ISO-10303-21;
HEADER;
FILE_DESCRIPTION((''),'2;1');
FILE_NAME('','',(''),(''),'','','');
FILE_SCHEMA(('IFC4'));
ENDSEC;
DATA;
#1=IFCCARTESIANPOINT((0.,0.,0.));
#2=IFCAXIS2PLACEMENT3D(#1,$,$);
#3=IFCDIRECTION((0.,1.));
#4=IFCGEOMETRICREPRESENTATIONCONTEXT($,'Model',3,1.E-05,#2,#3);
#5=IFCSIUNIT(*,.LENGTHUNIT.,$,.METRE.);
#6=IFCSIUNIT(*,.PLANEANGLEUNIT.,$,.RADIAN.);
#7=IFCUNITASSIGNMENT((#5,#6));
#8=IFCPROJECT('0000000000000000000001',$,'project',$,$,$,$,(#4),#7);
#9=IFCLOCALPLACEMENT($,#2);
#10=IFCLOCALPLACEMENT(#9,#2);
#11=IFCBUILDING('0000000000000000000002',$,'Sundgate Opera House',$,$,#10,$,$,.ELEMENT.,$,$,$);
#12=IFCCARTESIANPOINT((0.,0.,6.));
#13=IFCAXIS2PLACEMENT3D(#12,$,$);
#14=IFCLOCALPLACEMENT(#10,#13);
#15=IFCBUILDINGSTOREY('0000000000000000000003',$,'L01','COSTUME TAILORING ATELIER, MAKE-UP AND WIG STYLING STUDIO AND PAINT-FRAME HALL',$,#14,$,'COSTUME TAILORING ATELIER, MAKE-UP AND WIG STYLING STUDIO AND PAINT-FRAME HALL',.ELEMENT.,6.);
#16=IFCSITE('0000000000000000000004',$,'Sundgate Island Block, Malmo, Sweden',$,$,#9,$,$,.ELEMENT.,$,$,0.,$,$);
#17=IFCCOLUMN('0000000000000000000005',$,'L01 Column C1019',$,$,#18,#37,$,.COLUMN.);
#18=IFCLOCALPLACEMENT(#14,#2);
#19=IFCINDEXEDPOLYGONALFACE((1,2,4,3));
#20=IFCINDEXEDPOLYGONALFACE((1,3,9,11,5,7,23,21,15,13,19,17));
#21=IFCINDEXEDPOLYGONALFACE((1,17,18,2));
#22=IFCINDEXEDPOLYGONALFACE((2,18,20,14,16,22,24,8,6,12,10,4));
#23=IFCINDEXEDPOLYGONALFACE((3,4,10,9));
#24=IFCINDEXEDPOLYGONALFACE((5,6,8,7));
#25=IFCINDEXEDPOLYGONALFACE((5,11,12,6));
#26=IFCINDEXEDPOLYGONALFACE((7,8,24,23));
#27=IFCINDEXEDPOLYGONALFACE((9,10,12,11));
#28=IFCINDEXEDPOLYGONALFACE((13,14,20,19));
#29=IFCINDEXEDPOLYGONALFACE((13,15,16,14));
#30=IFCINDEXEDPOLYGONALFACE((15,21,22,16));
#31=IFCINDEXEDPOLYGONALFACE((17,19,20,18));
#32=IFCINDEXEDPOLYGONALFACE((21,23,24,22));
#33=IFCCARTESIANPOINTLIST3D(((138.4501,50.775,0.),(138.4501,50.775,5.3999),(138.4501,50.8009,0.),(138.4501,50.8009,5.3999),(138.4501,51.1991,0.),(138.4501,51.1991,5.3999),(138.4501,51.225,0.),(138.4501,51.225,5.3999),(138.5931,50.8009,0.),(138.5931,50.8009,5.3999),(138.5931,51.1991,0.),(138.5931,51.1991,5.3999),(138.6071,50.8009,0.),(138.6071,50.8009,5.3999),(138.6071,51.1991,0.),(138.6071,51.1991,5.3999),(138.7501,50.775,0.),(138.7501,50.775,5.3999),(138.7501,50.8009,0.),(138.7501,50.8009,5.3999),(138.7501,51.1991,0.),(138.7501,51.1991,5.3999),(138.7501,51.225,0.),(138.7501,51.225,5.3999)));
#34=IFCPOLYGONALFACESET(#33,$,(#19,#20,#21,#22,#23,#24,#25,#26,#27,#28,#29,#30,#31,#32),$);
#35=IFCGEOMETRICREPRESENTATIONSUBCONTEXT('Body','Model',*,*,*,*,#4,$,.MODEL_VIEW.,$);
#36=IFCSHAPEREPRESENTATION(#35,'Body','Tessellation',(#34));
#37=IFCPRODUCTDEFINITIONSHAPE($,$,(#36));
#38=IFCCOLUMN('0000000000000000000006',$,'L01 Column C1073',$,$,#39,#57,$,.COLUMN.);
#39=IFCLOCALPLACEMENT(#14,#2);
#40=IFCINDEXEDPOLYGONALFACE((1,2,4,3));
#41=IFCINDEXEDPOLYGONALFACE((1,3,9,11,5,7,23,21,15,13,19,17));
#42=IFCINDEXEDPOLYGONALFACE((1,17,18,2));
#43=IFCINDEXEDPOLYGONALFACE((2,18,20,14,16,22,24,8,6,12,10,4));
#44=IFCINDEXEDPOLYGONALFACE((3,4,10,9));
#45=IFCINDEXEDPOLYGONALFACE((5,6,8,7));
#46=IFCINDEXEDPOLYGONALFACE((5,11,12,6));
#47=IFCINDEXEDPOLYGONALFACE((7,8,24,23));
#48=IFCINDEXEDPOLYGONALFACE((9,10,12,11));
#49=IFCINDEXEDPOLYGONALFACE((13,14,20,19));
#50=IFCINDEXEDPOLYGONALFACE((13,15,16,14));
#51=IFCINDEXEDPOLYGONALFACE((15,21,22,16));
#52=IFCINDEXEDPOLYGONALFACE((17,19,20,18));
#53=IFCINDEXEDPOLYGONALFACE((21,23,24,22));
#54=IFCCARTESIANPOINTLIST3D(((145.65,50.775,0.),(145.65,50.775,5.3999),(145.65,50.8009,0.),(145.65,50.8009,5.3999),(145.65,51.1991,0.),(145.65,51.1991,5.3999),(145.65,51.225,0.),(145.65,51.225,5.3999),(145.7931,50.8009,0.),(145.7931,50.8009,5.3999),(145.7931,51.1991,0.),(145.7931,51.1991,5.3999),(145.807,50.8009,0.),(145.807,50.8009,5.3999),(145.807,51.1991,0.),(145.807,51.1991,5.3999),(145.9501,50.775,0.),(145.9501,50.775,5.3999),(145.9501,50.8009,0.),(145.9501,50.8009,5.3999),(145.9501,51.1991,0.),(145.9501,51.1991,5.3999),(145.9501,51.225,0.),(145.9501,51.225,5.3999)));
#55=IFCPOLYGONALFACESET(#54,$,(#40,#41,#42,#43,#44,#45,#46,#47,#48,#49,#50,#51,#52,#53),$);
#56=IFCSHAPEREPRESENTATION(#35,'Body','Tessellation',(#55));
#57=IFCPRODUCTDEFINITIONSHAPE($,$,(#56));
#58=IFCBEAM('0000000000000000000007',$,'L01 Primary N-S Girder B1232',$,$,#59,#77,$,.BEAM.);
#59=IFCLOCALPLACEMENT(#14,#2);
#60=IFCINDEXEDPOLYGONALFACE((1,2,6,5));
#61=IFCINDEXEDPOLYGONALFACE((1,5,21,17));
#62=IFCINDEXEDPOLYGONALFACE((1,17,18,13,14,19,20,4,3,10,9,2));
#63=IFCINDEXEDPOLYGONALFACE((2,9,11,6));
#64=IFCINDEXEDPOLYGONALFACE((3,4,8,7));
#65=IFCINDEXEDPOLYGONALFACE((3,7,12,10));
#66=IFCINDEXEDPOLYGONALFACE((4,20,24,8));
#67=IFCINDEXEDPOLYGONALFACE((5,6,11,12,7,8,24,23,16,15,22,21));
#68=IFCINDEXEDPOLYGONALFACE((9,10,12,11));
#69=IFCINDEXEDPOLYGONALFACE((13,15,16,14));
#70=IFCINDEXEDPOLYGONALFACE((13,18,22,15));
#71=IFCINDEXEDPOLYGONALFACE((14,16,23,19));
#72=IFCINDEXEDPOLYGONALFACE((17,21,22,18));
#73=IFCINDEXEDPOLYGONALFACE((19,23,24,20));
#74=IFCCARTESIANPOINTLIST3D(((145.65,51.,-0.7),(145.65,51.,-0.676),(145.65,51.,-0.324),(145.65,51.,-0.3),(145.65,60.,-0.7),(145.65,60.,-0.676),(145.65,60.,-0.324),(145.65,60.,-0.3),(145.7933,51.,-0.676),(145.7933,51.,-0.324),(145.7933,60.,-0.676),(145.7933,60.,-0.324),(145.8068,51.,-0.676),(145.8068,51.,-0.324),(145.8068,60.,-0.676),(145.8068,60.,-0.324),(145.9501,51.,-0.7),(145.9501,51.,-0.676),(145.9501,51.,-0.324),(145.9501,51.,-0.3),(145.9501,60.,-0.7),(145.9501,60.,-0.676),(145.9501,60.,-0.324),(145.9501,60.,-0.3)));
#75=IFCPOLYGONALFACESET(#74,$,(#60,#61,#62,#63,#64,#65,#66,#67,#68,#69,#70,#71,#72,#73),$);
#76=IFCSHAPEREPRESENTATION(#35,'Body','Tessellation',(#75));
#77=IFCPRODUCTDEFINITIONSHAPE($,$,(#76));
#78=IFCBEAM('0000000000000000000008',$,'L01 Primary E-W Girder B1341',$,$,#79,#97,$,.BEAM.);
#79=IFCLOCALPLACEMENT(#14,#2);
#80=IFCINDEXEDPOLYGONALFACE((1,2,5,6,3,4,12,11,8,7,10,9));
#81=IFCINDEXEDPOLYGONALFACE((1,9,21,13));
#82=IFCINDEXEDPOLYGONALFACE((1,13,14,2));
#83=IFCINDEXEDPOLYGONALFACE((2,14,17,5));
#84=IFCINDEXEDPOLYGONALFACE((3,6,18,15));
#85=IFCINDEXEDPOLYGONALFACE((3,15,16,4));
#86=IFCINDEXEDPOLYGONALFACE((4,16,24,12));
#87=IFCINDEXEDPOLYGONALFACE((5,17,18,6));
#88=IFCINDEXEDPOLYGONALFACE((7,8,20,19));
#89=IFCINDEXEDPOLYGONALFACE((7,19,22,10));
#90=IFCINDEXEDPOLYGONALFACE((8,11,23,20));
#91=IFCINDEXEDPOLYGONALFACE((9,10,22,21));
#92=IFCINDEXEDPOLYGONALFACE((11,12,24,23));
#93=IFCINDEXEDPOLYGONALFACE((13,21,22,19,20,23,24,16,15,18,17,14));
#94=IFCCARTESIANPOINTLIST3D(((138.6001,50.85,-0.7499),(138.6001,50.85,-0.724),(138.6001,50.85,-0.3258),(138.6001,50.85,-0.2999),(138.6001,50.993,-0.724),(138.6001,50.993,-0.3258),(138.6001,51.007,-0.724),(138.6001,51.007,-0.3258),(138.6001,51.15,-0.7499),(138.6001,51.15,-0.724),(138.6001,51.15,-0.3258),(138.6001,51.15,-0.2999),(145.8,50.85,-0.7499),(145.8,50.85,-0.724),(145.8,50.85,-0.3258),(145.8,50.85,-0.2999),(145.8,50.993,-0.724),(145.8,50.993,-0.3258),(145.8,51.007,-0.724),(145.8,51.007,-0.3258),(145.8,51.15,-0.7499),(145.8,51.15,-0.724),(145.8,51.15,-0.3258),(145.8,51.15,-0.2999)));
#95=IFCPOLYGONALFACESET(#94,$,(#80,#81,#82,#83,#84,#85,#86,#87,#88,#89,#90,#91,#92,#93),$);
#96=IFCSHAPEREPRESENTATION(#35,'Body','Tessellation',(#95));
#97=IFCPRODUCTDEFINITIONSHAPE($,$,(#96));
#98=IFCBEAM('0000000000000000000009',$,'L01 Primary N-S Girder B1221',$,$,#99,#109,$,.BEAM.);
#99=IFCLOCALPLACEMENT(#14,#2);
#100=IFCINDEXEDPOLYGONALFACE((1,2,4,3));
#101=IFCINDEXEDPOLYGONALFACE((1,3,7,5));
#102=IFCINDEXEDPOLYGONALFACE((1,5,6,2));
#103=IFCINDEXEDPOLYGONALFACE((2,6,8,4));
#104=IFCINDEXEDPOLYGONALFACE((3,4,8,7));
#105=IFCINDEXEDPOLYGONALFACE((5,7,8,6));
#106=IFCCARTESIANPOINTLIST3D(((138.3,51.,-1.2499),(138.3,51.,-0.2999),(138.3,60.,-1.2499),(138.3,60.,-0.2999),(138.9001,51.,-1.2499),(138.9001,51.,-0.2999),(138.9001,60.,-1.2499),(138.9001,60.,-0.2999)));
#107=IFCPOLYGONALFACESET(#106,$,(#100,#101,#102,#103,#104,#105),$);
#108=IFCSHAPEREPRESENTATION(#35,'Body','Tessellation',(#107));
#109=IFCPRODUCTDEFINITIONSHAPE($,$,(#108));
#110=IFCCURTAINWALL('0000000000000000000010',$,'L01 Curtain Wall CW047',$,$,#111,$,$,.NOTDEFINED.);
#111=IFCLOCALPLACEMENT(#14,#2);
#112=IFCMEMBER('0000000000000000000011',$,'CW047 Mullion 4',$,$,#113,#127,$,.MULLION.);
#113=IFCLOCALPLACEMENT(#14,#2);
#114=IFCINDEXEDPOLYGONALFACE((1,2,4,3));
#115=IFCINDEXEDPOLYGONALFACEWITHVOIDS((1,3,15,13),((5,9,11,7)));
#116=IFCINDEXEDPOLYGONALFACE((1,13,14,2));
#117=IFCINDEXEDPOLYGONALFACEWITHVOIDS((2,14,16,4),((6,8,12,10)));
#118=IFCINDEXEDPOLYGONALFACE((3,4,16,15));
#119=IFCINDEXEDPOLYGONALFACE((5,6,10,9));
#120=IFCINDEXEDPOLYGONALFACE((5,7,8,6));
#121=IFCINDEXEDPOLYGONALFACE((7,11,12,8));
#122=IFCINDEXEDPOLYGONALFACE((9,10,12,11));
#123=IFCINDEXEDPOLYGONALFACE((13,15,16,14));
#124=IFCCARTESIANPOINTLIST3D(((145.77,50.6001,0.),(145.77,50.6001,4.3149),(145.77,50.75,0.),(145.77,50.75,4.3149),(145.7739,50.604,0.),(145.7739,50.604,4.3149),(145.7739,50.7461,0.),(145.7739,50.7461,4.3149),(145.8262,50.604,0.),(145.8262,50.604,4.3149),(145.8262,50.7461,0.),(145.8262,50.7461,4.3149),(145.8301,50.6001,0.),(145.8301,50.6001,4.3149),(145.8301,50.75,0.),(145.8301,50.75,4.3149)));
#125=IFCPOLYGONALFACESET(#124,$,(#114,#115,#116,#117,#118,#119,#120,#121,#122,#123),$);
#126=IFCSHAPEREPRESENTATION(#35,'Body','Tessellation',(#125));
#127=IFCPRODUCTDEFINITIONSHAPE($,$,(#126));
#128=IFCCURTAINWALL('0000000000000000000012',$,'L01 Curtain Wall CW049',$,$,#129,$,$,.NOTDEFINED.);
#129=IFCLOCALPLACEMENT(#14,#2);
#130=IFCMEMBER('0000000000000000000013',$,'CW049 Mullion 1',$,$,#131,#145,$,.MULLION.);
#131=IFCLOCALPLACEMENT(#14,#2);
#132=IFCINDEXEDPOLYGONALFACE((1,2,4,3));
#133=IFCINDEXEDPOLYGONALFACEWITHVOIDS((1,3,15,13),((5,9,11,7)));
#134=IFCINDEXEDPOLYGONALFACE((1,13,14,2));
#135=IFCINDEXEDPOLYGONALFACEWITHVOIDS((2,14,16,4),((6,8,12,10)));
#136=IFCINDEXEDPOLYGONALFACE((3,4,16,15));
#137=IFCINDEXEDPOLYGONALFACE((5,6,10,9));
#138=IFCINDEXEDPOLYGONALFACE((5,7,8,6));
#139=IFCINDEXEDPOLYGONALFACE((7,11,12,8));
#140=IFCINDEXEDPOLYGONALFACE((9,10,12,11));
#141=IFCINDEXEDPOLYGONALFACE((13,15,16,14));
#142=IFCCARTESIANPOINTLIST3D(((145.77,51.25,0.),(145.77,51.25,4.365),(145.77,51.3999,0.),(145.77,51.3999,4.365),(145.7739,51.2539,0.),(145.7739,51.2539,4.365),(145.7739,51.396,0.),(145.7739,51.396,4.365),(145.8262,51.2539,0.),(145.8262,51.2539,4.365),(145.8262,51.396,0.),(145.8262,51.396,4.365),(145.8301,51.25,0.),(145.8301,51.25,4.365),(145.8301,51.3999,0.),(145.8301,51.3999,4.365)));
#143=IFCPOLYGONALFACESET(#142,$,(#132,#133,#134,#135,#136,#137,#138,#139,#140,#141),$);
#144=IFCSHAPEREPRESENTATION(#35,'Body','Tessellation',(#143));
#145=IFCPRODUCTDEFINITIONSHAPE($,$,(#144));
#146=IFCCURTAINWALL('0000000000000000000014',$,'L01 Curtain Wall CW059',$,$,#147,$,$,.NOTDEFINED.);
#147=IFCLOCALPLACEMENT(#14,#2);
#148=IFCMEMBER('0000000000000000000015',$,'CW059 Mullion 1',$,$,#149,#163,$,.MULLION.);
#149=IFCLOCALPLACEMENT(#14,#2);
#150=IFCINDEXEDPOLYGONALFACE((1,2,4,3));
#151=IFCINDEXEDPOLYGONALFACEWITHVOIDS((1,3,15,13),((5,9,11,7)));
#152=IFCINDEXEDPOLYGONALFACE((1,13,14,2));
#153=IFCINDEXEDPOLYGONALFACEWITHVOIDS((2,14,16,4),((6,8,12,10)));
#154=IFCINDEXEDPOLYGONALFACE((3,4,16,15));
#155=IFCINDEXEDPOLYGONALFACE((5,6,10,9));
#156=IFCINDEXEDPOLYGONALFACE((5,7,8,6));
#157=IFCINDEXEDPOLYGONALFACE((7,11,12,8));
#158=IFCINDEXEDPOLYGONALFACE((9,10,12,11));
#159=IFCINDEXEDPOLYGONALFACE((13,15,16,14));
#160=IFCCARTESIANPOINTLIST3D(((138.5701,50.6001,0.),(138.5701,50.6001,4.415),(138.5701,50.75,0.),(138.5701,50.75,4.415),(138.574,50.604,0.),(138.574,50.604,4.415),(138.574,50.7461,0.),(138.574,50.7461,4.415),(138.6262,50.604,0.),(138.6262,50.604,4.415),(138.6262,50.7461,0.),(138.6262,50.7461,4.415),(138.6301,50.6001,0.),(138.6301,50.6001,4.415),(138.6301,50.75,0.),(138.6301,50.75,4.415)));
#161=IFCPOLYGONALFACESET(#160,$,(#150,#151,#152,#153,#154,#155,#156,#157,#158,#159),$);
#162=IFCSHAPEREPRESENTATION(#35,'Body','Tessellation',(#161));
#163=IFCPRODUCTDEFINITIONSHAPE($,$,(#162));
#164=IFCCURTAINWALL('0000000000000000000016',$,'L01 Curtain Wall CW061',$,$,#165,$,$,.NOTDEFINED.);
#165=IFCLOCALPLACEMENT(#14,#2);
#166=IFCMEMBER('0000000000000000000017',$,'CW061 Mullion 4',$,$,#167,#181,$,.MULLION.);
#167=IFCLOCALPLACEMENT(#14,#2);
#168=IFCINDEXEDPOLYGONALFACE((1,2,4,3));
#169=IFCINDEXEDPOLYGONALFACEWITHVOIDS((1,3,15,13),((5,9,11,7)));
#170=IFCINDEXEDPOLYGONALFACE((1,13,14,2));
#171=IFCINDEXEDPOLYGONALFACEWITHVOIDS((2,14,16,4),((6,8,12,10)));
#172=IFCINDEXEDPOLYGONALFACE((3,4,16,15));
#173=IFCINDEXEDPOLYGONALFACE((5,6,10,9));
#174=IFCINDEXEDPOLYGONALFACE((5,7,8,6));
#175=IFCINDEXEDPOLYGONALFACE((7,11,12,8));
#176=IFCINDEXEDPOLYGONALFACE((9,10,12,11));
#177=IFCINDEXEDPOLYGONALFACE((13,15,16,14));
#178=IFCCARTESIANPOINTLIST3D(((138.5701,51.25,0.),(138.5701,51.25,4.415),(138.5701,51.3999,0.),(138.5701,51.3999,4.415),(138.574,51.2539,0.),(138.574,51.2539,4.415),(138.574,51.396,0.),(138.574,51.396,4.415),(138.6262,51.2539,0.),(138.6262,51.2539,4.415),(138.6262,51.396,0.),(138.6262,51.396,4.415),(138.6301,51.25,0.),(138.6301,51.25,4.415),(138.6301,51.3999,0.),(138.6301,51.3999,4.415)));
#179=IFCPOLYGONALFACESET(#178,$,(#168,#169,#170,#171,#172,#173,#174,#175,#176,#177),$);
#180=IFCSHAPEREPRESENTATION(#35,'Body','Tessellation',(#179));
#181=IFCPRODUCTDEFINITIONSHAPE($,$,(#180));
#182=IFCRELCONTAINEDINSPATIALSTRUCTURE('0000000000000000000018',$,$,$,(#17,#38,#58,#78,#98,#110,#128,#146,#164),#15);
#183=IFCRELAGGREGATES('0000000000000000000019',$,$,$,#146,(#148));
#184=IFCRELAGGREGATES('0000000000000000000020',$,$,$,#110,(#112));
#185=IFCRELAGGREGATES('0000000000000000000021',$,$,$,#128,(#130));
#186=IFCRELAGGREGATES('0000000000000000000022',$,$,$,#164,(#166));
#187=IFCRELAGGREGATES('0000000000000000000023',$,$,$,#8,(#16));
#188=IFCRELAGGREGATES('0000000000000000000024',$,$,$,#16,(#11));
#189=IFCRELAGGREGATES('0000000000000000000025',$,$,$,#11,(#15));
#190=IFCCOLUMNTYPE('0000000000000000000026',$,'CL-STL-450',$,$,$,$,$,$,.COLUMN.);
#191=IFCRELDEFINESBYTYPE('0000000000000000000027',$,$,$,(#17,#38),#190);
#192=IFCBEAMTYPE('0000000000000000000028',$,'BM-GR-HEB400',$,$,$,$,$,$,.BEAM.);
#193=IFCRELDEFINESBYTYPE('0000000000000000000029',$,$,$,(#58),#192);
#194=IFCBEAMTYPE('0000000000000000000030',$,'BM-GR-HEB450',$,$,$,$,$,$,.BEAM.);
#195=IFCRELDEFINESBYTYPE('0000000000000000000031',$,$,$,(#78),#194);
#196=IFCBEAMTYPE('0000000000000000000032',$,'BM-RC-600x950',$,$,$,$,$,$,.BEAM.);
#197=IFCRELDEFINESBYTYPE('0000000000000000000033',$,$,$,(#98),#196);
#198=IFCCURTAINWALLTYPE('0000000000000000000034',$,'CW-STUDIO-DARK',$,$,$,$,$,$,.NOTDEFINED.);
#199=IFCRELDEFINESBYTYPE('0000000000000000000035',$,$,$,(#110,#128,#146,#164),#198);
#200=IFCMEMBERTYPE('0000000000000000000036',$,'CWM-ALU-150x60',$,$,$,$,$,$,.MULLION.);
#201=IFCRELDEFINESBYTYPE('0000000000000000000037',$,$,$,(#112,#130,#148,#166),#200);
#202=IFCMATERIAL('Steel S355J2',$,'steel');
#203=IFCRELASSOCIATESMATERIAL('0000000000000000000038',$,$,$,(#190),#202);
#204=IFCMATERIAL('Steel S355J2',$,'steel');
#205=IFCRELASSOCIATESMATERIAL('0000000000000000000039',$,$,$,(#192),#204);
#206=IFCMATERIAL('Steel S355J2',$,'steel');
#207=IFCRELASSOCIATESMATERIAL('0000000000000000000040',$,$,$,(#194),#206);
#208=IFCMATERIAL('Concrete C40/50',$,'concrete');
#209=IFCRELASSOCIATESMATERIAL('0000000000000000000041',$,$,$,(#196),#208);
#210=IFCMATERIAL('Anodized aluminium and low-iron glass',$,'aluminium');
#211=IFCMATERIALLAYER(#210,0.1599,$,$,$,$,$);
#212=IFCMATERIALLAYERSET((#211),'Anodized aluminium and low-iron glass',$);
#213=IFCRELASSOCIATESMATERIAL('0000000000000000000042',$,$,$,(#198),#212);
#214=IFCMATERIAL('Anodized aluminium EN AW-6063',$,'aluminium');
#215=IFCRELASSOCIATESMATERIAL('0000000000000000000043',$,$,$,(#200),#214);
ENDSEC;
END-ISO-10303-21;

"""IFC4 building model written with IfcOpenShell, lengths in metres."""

from ifc_helpers import new_model, si_unit, direction, frame, origin, origin_2d, place, context, subcontext, project, spatial, rectangle, hollow_rectangle, i_section, extrude, material, layer, layer_set, material_profile, profile_set, type_object, element, aggregate, save


model = new_model("IFC4")

# Units and contexts
model_context = context("Model", 3, precision=1e-05, world=origin(), true_north=direction((0.0, 1.0)))
body_context = subcontext(model_context, "Body", "Model", "MODEL_VIEW")
ifc_project = project(units=[si_unit("LENGTHUNIT", "METRE"), si_unit("PLANEANGLEUNIT", "RADIAN")], contexts=[model_context])

# Site, building, storey
site_placement = place(None, origin())
site = spatial("IfcSite", under=ifc_project, at=site_placement, Name="Sundgate Island Block, Malmo, Sweden", CompositionType="ELEMENT", RefElevation=0.0)
building_placement = place(site_placement, origin())
building = spatial("IfcBuilding", under=site, at=building_placement, Name="Sundgate Opera House", CompositionType="ELEMENT")
storey_placement = place(building_placement, frame((0.0, 0.0, 6.0)))
storey = spatial("IfcBuildingStorey", under=building, at=storey_placement, Name="L01", Description="COSTUME TAILORING ATELIER, MAKE-UP AND WIG STYLING STUDIO AND PAINT-FRAME HALL", LongName="COSTUME TAILORING ATELIER, MAKE-UP AND WIG STYLING STUDIO AND PAINT-FRAME HALL", CompositionType="ELEMENT", Elevation=6.0)

# Columns
ifc_material_1 = material(Name="Steel S355J2", Category="steel")
ifc_material_profile_1 = material_profile(ifc_material_1, i_section(OverallWidth=0.3, OverallDepth=0.45, WebThickness=0.0139, FlangeThickness=0.0259, at=origin_2d()), Name="HEB 450")
ifc_profile_set_1 = profile_set([ifc_material_profile_1], Name="Steel S355J2")
column_type = type_object("IfcColumnType", Name="CL-STL-450", PredefinedType="COLUMN", material=ifc_profile_set_1)
for number, where, z_axis, x_axis, name in (
    (1, (138.6001, 51.0, 0.0), (0.0, 0.0, 1.0), (1.0, 0.0, 0.0), "L01 Column C1019"),
    (2, (145.8, 51.0, 0.0), (0.0, 0.0, 1.0), (1.0, 0.0, 0.0), "L01 Column C1073"),
):
    element("IfcColumn", number, at=place(storey_placement, frame(where, z_axis=z_axis, x_axis=x_axis)), inside=storey, type_object=column_type, Name=name, PredefinedType="COLUMN", context=body_context, shape_type="SweptSolid", body=[
        extrude(i_section(OverallWidth=0.3, OverallDepth=0.45, WebThickness=0.0139, FlangeThickness=0.0259, at=origin_2d()), origin(), (0.0, 0.0, 1.0), 5.3999),
    ])

# Beams
ifc_material_2 = material(Name="Steel S355J2", Category="steel")
ifc_material_profile_2 = material_profile(ifc_material_2, i_section(OverallWidth=0.3, OverallDepth=0.3999, WebThickness=0.0134, FlangeThickness=0.0239, at=origin_2d()), Name="HEB 400")
ifc_profile_set_2 = profile_set([ifc_material_profile_2], Name="Steel S355J2")
beam_type_1 = type_object("IfcBeamType", Name="BM-GR-HEB400", PredefinedType="BEAM", material=ifc_profile_set_2)
beam_1_placement = place(storey_placement, frame((145.8, 51.0, -0.5), z_axis=(0.0, 1.0, 0.0), x_axis=(-1.0, 0.0, 0.0)))
element("IfcBeam", 3, at=beam_1_placement, inside=storey, type_object=beam_type_1, Name="L01 Primary N-S Girder B1232", PredefinedType="BEAM", context=body_context, shape_type="SweptSolid", body=[
    extrude(i_section(OverallWidth=0.3, OverallDepth=0.3999, WebThickness=0.0134, FlangeThickness=0.0239, at=origin_2d()), origin(), (0.0, 0.0, 1.0), 9.0),
])
ifc_material_3 = material(Name="Steel S355J2", Category="steel")
ifc_material_profile_3 = material_profile(ifc_material_3, i_section(OverallWidth=0.3, OverallDepth=0.45, WebThickness=0.0139, FlangeThickness=0.0259, at=origin_2d()), Name="HEB 450")
ifc_profile_set_3 = profile_set([ifc_material_profile_3], Name="Steel S355J2")
beam_type_2 = type_object("IfcBeamType", Name="BM-GR-HEB450", PredefinedType="BEAM", material=ifc_profile_set_3)
beam_2_placement = place(storey_placement, frame((138.6001, 51.0, -0.5249), z_axis=(1.0, 0.0, 0.0), x_axis=(0.0, 1.0, 0.0)))
element("IfcBeam", 4, at=beam_2_placement, inside=storey, type_object=beam_type_2, Name="L01 Primary E-W Girder B1341", PredefinedType="BEAM", context=body_context, shape_type="SweptSolid", body=[
    extrude(i_section(OverallWidth=0.3, OverallDepth=0.45, WebThickness=0.0139, FlangeThickness=0.0259, at=origin_2d()), origin(), (0.0, 0.0, 1.0), 7.2),
])
ifc_material_4 = material(Name="Concrete C40/50", Category="concrete")
ifc_material_profile_4 = material_profile(ifc_material_4, rectangle(XDim=0.6001, YDim=0.95, at=origin_2d()), Name="RC 600x950")
ifc_profile_set_4 = profile_set([ifc_material_profile_4], Name="Concrete C40/50")
beam_type_3 = type_object("IfcBeamType", Name="BM-RC-600x950", PredefinedType="BEAM", material=ifc_profile_set_4)
beam_3_placement = place(storey_placement, frame((138.6001, 51.0, -0.7749), z_axis=(0.0, 1.0, 0.0), x_axis=(-1.0, 0.0, 0.0)))
element("IfcBeam", 5, at=beam_3_placement, inside=storey, type_object=beam_type_3, Name="L01 Primary N-S Girder B1221", PredefinedType="BEAM", context=body_context, shape_type="SweptSolid", body=[
    extrude(rectangle(XDim=0.6001, YDim=0.95, at=origin_2d()), origin(), (0.0, 0.0, 1.0), 9.0),
])

# Curtain walls, members
ifc_material_5 = material(Name="Anodized aluminium and low-iron glass", Category="aluminium")
ifc_layer_1 = layer(ifc_material_5, 0.1599)
ifc_layer_set_1 = layer_set([ifc_layer_1], Name="Anodized aluminium and low-iron glass")
curtain_wall_type = type_object("IfcCurtainWallType", Name="CW-STUDIO-DARK", PredefinedType="NOTDEFINED", material=ifc_layer_set_1)
curtain_wall_1_placement = place(storey_placement, origin())
curtain_wall_1 = element("IfcCurtainWall", 6, at=curtain_wall_1_placement, inside=storey, type_object=curtain_wall_type, Name="L01 Curtain Wall CW047", PredefinedType="NOTDEFINED")
ifc_material_6 = material(Name="Anodized aluminium EN AW-6063", Category="aluminium")
ifc_material_profile_5 = material_profile(ifc_material_6, hollow_rectangle(XDim=0.0601, YDim=0.1499, WallThickness=0.0039, at=origin_2d()), Name="CWM 150x60x4")
ifc_profile_set_5 = profile_set([ifc_material_profile_5], Name="Anodized aluminium EN AW-6063")
member_type_1 = type_object("IfcMemberType", Name="CWM-ALU-150x60", PredefinedType="MULLION", material=ifc_profile_set_5)
member_1_placement = place(storey_placement, frame((145.8, 50.675, 0.0), z_axis=(0.0, 0.0, 1.0), x_axis=(1.0, 0.0, 0.0)))
member_1 = element("IfcMember", 7, at=member_1_placement, type_object=member_type_1, Name="CW047 Mullion 4", PredefinedType="MULLION", context=body_context, shape_type="SweptSolid", body=[
    extrude(hollow_rectangle(XDim=0.0601, YDim=0.1499, WallThickness=0.0039, at=origin_2d()), origin(), (0.0, 0.0, 1.0), 4.3149),
])
curtain_wall_2_placement = place(storey_placement, origin())
curtain_wall_2 = element("IfcCurtainWall", 8, at=curtain_wall_2_placement, inside=storey, type_object=curtain_wall_type, Name="L01 Curtain Wall CW049", PredefinedType="NOTDEFINED")
member_2_placement = place(storey_placement, frame((145.8, 51.325, 0.0), z_axis=(0.0, 0.0, 1.0), x_axis=(1.0, 0.0, 0.0)))
member_2 = element("IfcMember", 9, at=member_2_placement, type_object=member_type_1, Name="CW049 Mullion 1", PredefinedType="MULLION", context=body_context, shape_type="SweptSolid", body=[
    extrude(hollow_rectangle(XDim=0.0601, YDim=0.1499, WallThickness=0.0039, at=origin_2d()), origin(), (0.0, 0.0, 1.0), 4.365),
])
curtain_wall_3_placement = place(storey_placement, origin())
curtain_wall_3 = element("IfcCurtainWall", 10, at=curtain_wall_3_placement, inside=storey, type_object=curtain_wall_type, Name="L01 Curtain Wall CW059", PredefinedType="NOTDEFINED")
member_3_placement = place(storey_placement, frame((138.6001, 50.675, 0.0), z_axis=(0.0, 0.0, 1.0), x_axis=(1.0, 0.0, 0.0)))
member_3 = element("IfcMember", 11, at=member_3_placement, type_object=member_type_1, Name="CW059 Mullion 1", PredefinedType="MULLION", context=body_context, shape_type="SweptSolid", body=[
    extrude(hollow_rectangle(XDim=0.0601, YDim=0.1499, WallThickness=0.0039, at=origin_2d()), origin(), (0.0, 0.0, 1.0), 4.415),
])
curtain_wall_4_placement = place(storey_placement, origin())
curtain_wall_4 = element("IfcCurtainWall", 12, at=curtain_wall_4_placement, inside=storey, type_object=curtain_wall_type, Name="L01 Curtain Wall CW061", PredefinedType="NOTDEFINED")
member_4_placement = place(storey_placement, frame((138.6001, 51.325, 0.0), z_axis=(0.0, 0.0, 1.0), x_axis=(1.0, 0.0, 0.0)))
member_4 = element("IfcMember", 13, at=member_4_placement, type_object=member_type_1, Name="CW061 Mullion 4", PredefinedType="MULLION", context=body_context, shape_type="SweptSolid", body=[
    extrude(hollow_rectangle(XDim=0.0601, YDim=0.1499, WallThickness=0.0039, at=origin_2d()), origin(), (0.0, 0.0, 1.0), 4.415),
])

aggregate(curtain_wall_3, [member_3])

aggregate(curtain_wall_1, [member_1])
aggregate(curtain_wall_2, [member_2])
aggregate(curtain_wall_4, [member_4])

save(model, "model.ifc")
